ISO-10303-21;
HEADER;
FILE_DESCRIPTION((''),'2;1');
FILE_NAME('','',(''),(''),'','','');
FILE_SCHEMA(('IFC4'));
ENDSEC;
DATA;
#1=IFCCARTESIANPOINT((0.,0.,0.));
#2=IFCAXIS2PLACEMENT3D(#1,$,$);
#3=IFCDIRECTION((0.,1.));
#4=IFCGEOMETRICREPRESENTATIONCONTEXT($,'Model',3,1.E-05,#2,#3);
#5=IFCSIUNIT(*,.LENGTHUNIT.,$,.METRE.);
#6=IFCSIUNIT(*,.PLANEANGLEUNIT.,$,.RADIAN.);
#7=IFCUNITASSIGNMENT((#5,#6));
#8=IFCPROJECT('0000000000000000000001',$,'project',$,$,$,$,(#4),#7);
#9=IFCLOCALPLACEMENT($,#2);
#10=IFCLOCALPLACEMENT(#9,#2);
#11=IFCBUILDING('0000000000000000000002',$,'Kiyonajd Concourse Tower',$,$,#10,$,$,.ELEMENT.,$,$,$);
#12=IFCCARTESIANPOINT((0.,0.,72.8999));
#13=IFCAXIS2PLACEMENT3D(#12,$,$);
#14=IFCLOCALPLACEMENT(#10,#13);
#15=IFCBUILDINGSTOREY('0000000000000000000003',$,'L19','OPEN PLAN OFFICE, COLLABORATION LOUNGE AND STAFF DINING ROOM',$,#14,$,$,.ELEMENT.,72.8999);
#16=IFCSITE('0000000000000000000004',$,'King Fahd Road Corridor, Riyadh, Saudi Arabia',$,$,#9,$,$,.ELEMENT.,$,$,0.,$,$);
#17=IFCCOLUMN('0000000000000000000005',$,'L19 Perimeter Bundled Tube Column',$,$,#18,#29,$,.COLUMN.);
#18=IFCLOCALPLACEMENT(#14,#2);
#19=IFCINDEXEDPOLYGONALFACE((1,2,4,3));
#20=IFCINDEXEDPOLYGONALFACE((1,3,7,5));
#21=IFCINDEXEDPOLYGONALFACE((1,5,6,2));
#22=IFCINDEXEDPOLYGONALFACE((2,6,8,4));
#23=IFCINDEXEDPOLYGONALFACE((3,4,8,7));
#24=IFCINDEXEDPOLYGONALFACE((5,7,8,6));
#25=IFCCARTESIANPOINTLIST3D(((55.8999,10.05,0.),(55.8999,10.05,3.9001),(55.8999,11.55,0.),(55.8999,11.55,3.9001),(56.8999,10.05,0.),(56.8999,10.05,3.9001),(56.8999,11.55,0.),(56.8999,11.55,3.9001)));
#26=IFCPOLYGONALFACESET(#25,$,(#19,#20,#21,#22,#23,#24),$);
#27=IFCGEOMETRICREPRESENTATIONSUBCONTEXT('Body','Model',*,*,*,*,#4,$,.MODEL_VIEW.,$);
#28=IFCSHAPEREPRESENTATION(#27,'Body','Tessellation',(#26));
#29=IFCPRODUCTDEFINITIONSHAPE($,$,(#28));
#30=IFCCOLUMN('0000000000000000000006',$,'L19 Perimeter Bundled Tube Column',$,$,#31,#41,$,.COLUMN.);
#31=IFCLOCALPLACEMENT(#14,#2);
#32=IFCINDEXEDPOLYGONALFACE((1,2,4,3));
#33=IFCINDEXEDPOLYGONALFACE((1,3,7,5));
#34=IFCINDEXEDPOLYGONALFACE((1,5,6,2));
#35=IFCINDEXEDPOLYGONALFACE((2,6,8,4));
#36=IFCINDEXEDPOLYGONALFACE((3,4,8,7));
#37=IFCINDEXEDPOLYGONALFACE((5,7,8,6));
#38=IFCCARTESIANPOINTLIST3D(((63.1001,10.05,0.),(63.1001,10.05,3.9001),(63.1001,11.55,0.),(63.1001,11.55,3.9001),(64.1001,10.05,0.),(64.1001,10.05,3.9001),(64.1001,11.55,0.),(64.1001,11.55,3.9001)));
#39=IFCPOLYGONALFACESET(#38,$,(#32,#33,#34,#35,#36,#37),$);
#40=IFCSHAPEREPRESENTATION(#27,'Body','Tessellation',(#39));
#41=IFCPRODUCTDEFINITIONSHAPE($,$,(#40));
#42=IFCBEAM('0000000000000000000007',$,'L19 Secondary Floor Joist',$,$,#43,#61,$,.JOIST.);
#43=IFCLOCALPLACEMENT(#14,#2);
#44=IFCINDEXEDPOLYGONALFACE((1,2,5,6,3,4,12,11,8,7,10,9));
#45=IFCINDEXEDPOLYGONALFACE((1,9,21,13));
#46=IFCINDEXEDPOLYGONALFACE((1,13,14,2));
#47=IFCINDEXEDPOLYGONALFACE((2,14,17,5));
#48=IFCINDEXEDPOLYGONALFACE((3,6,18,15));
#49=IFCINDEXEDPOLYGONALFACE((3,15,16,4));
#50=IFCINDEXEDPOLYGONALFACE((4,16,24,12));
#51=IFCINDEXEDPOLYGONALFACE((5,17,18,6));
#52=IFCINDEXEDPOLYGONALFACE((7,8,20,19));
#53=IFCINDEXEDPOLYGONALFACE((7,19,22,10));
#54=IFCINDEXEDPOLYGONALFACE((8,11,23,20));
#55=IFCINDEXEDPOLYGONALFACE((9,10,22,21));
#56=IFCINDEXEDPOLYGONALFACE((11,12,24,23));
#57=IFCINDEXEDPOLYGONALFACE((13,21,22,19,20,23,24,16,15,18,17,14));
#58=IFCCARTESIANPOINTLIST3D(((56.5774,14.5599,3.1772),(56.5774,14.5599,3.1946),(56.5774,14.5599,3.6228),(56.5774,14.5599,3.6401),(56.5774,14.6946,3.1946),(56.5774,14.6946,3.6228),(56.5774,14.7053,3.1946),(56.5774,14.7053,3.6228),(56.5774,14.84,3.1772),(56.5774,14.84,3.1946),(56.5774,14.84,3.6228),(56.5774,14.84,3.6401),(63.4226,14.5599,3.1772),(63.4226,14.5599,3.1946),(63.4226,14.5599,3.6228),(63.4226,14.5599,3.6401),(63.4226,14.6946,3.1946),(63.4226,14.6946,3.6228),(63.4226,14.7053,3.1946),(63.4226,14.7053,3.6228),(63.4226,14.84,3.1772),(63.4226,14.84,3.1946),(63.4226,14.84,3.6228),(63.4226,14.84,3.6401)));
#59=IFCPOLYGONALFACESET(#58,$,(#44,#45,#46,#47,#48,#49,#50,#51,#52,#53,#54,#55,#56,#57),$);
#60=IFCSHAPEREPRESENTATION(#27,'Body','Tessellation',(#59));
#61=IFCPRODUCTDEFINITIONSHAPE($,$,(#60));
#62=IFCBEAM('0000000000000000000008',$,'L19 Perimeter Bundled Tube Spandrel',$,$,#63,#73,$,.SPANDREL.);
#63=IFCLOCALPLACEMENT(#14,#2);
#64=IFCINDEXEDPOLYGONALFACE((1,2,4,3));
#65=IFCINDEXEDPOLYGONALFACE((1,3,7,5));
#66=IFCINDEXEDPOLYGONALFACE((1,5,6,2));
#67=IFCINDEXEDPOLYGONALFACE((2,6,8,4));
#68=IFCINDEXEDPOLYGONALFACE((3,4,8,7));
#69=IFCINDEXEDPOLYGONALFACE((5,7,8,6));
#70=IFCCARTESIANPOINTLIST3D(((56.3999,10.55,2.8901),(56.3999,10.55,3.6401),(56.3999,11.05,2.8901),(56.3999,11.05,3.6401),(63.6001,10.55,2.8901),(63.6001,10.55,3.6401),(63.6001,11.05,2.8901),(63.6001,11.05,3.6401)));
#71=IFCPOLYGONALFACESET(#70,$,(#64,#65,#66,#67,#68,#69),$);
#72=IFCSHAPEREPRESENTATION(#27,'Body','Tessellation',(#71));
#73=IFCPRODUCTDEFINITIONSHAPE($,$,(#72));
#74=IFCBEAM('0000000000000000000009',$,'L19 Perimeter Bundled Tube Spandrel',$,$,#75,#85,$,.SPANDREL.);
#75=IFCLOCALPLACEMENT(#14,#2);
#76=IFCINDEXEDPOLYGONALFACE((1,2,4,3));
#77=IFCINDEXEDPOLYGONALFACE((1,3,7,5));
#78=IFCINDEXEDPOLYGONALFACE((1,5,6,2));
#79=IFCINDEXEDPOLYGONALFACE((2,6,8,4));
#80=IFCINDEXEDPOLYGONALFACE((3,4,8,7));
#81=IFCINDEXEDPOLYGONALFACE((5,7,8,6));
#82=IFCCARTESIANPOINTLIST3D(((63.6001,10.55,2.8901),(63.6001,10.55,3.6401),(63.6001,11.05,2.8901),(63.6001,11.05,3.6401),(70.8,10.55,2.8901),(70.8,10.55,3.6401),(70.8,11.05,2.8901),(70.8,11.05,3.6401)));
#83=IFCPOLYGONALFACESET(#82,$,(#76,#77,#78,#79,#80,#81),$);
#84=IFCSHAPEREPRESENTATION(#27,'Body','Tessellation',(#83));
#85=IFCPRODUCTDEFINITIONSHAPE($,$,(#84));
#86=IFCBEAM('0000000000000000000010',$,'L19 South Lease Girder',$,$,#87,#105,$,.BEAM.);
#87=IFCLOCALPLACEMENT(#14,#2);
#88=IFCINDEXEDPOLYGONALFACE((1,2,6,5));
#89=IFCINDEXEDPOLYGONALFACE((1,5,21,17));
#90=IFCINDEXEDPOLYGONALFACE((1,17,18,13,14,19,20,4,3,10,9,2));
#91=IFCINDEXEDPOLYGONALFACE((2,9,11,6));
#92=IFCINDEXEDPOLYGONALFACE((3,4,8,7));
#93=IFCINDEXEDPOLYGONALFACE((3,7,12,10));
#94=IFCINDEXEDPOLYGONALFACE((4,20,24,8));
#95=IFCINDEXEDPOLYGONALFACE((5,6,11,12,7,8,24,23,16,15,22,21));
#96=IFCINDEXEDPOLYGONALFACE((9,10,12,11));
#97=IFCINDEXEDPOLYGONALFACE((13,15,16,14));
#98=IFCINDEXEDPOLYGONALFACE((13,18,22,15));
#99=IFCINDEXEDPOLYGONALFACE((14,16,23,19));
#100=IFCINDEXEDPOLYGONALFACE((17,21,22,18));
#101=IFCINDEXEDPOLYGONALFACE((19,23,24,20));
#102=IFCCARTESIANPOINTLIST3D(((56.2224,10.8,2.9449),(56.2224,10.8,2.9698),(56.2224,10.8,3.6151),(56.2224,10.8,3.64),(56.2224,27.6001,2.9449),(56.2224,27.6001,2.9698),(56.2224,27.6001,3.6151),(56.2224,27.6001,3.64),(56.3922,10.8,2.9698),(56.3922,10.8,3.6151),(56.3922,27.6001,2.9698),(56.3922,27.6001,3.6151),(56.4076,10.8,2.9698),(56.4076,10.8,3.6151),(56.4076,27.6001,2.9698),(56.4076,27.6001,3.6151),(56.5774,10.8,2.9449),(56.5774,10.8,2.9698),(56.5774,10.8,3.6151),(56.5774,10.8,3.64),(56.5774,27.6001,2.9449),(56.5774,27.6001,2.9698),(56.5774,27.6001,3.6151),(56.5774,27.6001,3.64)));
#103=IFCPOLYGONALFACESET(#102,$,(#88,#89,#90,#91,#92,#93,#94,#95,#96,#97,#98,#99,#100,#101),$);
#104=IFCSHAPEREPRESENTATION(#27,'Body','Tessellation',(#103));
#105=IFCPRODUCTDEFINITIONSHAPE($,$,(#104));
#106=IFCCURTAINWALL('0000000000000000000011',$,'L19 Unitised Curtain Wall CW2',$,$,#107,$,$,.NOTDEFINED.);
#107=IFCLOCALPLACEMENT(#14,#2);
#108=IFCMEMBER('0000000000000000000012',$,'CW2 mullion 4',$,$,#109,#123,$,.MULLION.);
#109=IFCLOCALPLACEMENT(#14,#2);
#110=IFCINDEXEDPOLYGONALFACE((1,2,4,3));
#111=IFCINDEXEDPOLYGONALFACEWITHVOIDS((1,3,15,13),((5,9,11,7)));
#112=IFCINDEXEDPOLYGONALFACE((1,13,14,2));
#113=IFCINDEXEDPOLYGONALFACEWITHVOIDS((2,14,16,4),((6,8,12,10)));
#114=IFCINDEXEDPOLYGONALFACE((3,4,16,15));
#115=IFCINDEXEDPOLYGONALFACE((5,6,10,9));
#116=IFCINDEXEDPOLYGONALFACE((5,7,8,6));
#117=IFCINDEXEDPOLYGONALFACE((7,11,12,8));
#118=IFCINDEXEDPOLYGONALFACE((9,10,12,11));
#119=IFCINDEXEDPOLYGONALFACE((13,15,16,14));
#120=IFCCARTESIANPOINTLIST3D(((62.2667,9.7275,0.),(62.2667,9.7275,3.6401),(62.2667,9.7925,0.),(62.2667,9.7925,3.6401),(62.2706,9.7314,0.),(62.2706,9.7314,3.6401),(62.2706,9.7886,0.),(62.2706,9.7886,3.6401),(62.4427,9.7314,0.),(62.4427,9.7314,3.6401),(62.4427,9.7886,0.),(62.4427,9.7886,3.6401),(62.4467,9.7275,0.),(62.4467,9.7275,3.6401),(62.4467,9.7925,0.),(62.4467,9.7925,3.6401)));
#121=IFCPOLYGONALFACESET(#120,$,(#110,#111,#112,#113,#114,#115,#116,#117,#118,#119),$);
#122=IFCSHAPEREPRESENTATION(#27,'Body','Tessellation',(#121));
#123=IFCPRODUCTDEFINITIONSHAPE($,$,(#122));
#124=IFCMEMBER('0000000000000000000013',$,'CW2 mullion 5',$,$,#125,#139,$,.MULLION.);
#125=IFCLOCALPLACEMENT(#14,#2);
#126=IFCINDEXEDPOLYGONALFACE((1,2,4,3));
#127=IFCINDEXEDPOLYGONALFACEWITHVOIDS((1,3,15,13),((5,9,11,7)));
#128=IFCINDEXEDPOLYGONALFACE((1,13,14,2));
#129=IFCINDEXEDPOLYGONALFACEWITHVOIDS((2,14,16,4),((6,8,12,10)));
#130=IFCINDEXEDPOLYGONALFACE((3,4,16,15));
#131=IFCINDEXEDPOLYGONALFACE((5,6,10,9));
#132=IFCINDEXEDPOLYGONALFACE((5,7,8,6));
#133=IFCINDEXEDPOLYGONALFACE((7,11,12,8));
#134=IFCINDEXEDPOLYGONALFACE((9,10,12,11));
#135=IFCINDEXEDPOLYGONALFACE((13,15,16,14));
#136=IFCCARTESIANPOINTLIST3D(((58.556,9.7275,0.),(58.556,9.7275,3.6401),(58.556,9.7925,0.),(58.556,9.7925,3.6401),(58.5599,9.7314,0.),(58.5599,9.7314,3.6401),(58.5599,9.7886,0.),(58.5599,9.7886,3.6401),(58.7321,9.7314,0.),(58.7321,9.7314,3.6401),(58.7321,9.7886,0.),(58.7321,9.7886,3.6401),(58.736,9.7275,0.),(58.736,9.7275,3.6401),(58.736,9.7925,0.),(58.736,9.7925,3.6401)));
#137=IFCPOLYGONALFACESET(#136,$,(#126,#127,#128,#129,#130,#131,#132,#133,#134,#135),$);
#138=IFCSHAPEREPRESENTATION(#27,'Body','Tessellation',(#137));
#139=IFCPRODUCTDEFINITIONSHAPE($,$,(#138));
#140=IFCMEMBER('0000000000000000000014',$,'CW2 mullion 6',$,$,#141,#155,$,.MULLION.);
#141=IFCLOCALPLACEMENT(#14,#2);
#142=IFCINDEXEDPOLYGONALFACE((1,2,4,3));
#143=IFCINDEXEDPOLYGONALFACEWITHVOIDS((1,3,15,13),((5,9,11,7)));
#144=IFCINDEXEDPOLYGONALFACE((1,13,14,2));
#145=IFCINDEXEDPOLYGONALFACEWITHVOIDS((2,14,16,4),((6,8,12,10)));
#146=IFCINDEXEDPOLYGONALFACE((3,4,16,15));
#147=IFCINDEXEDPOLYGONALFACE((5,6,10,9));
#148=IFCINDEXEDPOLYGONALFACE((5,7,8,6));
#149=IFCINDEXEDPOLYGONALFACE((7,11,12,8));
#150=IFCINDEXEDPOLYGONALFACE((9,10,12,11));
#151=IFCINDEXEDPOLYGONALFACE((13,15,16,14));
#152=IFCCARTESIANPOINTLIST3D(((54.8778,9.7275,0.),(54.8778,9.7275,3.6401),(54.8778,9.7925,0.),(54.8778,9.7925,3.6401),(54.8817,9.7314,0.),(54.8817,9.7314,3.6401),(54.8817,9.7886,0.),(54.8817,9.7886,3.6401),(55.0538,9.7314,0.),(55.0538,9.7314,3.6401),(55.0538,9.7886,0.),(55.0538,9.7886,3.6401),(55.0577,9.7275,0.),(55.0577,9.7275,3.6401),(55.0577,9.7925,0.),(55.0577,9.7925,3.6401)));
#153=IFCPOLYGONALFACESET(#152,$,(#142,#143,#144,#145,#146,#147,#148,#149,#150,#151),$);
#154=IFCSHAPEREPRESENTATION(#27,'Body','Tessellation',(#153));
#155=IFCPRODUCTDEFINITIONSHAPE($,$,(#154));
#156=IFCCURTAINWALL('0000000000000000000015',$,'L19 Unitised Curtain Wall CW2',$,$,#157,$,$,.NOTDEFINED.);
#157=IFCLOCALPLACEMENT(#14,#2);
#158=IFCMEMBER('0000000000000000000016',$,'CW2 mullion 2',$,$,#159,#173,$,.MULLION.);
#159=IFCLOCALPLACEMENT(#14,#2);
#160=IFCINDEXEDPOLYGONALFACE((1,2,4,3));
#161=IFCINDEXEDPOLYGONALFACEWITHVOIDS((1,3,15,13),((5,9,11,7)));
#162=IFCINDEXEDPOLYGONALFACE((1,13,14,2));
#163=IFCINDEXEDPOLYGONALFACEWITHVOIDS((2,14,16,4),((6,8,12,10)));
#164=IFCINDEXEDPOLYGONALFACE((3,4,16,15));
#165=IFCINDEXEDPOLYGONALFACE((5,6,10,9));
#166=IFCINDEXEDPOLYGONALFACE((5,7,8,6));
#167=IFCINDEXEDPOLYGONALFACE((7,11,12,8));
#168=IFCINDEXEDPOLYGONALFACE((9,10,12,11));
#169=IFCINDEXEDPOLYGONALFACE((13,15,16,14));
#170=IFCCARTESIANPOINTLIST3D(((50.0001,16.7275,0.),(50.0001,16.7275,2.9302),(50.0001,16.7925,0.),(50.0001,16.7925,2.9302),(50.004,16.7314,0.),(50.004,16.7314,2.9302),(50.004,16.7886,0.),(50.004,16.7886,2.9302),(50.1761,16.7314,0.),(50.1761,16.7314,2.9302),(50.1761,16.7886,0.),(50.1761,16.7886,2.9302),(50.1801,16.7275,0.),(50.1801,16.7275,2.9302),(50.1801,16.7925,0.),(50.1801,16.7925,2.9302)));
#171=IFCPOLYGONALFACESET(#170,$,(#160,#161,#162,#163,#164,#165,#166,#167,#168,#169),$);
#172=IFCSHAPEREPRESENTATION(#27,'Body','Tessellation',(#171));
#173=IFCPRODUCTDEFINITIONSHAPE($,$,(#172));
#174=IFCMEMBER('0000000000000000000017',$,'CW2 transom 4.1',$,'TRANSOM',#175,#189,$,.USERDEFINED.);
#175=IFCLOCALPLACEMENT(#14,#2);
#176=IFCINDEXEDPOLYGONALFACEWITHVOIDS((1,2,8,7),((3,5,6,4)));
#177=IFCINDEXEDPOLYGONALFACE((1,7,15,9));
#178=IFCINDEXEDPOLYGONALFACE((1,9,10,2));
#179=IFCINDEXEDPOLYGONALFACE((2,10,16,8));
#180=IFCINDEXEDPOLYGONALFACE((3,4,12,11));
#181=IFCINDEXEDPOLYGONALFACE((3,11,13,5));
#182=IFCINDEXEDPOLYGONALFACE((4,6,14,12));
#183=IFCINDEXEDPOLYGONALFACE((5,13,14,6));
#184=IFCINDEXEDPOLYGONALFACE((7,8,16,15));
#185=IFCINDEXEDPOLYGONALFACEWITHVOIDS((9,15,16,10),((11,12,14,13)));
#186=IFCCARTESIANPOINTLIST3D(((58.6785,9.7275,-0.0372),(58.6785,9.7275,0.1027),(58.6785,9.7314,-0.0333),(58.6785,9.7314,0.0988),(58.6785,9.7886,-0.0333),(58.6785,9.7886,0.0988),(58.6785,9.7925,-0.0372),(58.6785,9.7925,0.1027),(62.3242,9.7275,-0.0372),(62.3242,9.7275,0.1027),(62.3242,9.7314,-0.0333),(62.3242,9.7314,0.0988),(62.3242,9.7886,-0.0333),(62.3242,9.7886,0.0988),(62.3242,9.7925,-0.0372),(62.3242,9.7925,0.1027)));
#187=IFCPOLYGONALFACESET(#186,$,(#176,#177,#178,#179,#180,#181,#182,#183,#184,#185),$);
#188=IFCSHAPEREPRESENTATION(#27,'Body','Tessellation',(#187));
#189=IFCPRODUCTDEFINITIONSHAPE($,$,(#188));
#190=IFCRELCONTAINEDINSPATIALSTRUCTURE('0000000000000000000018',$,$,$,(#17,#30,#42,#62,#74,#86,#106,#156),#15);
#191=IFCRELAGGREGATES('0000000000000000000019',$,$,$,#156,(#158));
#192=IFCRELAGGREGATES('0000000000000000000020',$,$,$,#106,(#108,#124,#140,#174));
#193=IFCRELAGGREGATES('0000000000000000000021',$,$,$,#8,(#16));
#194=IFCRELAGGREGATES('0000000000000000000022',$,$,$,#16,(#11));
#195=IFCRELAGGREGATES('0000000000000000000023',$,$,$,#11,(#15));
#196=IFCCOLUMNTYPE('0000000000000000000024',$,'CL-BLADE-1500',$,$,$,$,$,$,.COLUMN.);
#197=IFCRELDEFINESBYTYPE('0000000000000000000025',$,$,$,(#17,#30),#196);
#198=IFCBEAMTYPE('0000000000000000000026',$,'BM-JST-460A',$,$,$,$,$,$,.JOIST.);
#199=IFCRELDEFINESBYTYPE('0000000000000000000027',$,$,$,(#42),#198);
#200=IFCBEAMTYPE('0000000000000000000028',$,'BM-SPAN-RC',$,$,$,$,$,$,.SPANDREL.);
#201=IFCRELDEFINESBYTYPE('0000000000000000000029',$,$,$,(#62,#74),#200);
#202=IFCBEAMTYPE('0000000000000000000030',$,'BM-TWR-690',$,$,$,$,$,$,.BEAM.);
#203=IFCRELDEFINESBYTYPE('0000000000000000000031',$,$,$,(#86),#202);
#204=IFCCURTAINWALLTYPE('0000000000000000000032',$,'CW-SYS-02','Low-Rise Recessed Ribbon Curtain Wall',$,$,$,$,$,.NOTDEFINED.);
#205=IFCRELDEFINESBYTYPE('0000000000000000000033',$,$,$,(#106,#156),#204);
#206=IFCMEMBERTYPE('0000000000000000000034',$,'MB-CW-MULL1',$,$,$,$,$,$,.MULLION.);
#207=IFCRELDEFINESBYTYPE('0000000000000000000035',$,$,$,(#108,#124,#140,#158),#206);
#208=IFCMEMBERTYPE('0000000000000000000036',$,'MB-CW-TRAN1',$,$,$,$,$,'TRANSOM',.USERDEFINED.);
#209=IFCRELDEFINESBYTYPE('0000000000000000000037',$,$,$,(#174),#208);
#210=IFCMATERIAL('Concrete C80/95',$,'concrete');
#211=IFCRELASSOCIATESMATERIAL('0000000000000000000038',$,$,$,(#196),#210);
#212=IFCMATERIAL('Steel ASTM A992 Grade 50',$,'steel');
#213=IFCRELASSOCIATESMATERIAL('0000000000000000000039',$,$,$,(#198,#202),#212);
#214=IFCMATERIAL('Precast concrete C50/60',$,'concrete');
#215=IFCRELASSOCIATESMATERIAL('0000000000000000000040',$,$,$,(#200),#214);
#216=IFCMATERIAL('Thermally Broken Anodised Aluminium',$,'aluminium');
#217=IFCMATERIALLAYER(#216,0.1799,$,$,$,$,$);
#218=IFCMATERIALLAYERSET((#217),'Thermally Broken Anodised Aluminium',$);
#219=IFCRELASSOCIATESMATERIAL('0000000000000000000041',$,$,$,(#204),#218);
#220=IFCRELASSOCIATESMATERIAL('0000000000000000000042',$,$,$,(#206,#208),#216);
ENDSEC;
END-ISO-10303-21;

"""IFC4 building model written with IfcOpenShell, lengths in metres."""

from ifc_helpers import new_model, si_unit, direction, frame, origin, origin_2d, place, context, subcontext, project, spatial, rectangle, hollow_rectangle, i_section, extrude, material, layer, layer_set, material_profile, profile_set, type_object, element, aggregate, save


model = new_model("IFC4")

# Units and contexts
model_context = context("Model", 3, precision=1e-05, world=origin(), true_north=direction((0.0, 1.0)))
body_context = subcontext(model_context, "Body", "Model", "MODEL_VIEW")
ifc_project = project(units=[si_unit("LENGTHUNIT", "METRE"), si_unit("PLANEANGLEUNIT", "RADIAN")], contexts=[model_context])

# Site, building, storey
site_placement = place(None, origin())
site = spatial("IfcSite", under=ifc_project, at=site_placement, Name="King Fahd Road Corridor, Riyadh, Saudi Arabia", CompositionType="ELEMENT", RefElevation=0.0)
building_placement = place(site_placement, origin())
building = spatial("IfcBuilding", under=site, at=building_placement, Name="Kiyonajd Concourse Tower", CompositionType="ELEMENT")
storey_placement = place(building_placement, frame((0.0, 0.0, 72.8999)))
storey = spatial("IfcBuildingStorey", under=building, at=storey_placement, Name="L19", Description="OPEN PLAN OFFICE, COLLABORATION LOUNGE AND STAFF DINING ROOM", CompositionType="ELEMENT", Elevation=72.8999)

# Columns
ifc_material_1 = material(Name="Concrete C80/95", Category="concrete")
ifc_material_profile_1 = material_profile(ifc_material_1, rectangle(XDim=1.0, YDim=1.5, at=origin_2d()), Name="RC-1500x1000")
ifc_profile_set_1 = profile_set([ifc_material_profile_1], Name="Concrete C80/95")
column_type = type_object("IfcColumnType", Name="CL-BLADE-1500", PredefinedType="COLUMN", material=ifc_profile_set_1)
for number, where, z_axis, x_axis, name in (
    (1, (56.3999, 10.8, 0.0), (0.0, 0.0, 1.0), (1.0, 0.0, 0.0), "L19 Perimeter Bundled Tube Column"),
    (2, (63.6001, 10.8, 0.0), (0.0, 0.0, 1.0), (1.0, 0.0, 0.0), "L19 Perimeter Bundled Tube Column"),
):
    element("IfcColumn", number, at=place(storey_placement, frame(where, z_axis=z_axis, x_axis=x_axis)), inside=storey, type_object=column_type, Name=name, PredefinedType="COLUMN", context=body_context, shape_type="SweptSolid", body=[
        extrude(rectangle(XDim=1.0, YDim=1.5, at=origin_2d()), origin(), (0.0, 0.0, 1.0), 3.9001),
    ])

# Beams
ifc_material_2 = material(Name="Steel ASTM A992 Grade 50", Category="steel")
ifc_material_profile_2 = material_profile(ifc_material_2, i_section(OverallWidth=0.28, OverallDepth=0.4629, WebThickness=0.0107, FlangeThickness=0.0173, at=origin_2d()), Name="W460X113")
ifc_profile_set_2 = profile_set([ifc_material_profile_2], Name="Steel ASTM A992 Grade 50")
beam_type_1 = type_object("IfcBeamType", Name="BM-JST-460A", PredefinedType="JOIST", material=ifc_profile_set_2)
beam_1_placement = place(storey_placement, frame((56.5774, 14.7, 3.4087), z_axis=(1.0, 0.0, 0.0), x_axis=(0.0, 1.0, 0.0)))
element("IfcBeam", 3, at=beam_1_placement, inside=storey, type_object=beam_type_1, Name="L19 Secondary Floor Joist", PredefinedType="JOIST", context=body_context, shape_type="SweptSolid", body=[
    extrude(i_section(OverallWidth=0.28, OverallDepth=0.4629, WebThickness=0.0107, FlangeThickness=0.0173, at=origin_2d()), origin(), (0.0, 0.0, 1.0), 6.8452),
])
ifc_material_3 = material(Name="Precast concrete C50/60", Category="concrete")
ifc_material_profile_3 = material_profile(ifc_material_3, rectangle(XDim=0.5, YDim=0.75, at=origin_2d()), Name="RCBM-500x750")
ifc_profile_set_3 = profile_set([ifc_material_profile_3], Name="Precast concrete C50/60")
beam_type_2 = type_object("IfcBeamType", Name="BM-SPAN-RC", PredefinedType="SPANDREL", material=ifc_profile_set_3)
beam_2_placement = place(storey_placement, frame((56.3999, 10.8, 3.2651), z_axis=(1.0, 0.0, 0.0), x_axis=(0.0, 1.0, 0.0)))
element("IfcBeam", 4, at=beam_2_placement, inside=storey, type_object=beam_type_2, Name="L19 Perimeter Bundled Tube Spandrel", PredefinedType="SPANDREL", context=body_context, shape_type="SweptSolid", body=[
    extrude(rectangle(XDim=0.5, YDim=0.75, at=origin_2d()), origin(), (0.0, 0.0, 1.0), 7.2002),
])
beam_3_placement = place(storey_placement, frame((63.6001, 10.8, 3.2651), z_axis=(1.0, 0.0, 0.0), x_axis=(0.0, 1.0, 0.0)))
element("IfcBeam", 5, at=beam_3_placement, inside=storey, type_object=beam_type_2, Name="L19 Perimeter Bundled Tube Spandrel", PredefinedType="SPANDREL", context=body_context, shape_type="SweptSolid", body=[
    extrude(rectangle(XDim=0.5, YDim=0.75, at=origin_2d()), origin(), (0.0, 0.0, 1.0), 7.2),
])
ifc_material_profile_4 = material_profile(ifc_material_2, i_section(OverallWidth=0.355, OverallDepth=0.6951, WebThickness=0.0154, FlangeThickness=0.0249, at=origin_2d()), Name="W690X217")
ifc_profile_set_4 = profile_set([ifc_material_profile_4], Name="Steel ASTM A992 Grade 50")
beam_type_3 = type_object("IfcBeamType", Name="BM-TWR-690", PredefinedType="BEAM", material=ifc_profile_set_4)
beam_4_placement = place(storey_placement, frame((56.3999, 10.8, 3.2925), z_axis=(0.0, 1.0, 0.0), x_axis=(-1.0, 0.0, 0.0)))
element("IfcBeam", 6, at=beam_4_placement, inside=storey, type_object=beam_type_3, Name="L19 South Lease Girder", PredefinedType="BEAM", context=body_context, shape_type="SweptSolid", body=[
    extrude(i_section(OverallWidth=0.355, OverallDepth=0.6951, WebThickness=0.0154, FlangeThickness=0.0249, at=origin_2d()), origin(), (0.0, 0.0, 1.0), 16.8),
])

# Curtain wall, members
ifc_material_4 = material(Name="Thermally Broken Anodised Aluminium", Category="aluminium")
ifc_layer_1 = layer(ifc_material_4, 0.1799)
ifc_layer_set_1 = layer_set([ifc_layer_1], Name="Thermally Broken Anodised Aluminium")
curtain_wall_type = type_object("IfcCurtainWallType", Name="CW-SYS-02", Description="Low-Rise Recessed Ribbon Curtain Wall", PredefinedType="NOTDEFINED", material=ifc_layer_set_1)
curtain_wall_1_placement = place(storey_placement, origin())
curtain_wall_1 = element("IfcCurtainWall", 7, at=curtain_wall_1_placement, inside=storey, type_object=curtain_wall_type, Name="L19 Unitised Curtain Wall CW2", PredefinedType="NOTDEFINED")
ifc_material_profile_5 = material_profile(ifc_material_4, hollow_rectangle(XDim=0.0649, YDim=0.1799, WallThickness=0.0039, at=origin_2d()), Name="MULL-65x180")
ifc_profile_set_5 = profile_set([ifc_material_profile_5], Name="Thermally Broken Anodised Aluminium")
member_type_1 = type_object("IfcMemberType", Name="MB-CW-MULL1", PredefinedType="MULLION", material=ifc_profile_set_5)
member_1_placement = place(storey_placement, frame((62.3567, 9.76, 0.0), z_axis=(0.0, 0.0, 1.0), x_axis=(0.0, -1.0, 0.0)))
member_1 = element("IfcMember", 8, at=member_1_placement, type_object=member_type_1, Name="CW2 mullion 4", PredefinedType="MULLION", context=body_context, shape_type="SweptSolid", body=[
    extrude(hollow_rectangle(XDim=0.0649, YDim=0.1799, WallThickness=0.0039, at=origin_2d()), origin(), (0.0, 0.0, 1.0), 3.6401),
])
member_2_placement = place(storey_placement, frame((58.646, 9.76, 0.0), z_axis=(0.0, 0.0, 1.0), x_axis=(0.0, -1.0, 0.0)))
member_2 = element("IfcMember", 9, at=member_2_placement, type_object=member_type_1, Name="CW2 mullion 5", PredefinedType="MULLION", context=body_context, shape_type="SweptSolid", body=[
    extrude(hollow_rectangle(XDim=0.0649, YDim=0.1799, WallThickness=0.0039, at=origin_2d()), origin(), (0.0, 0.0, 1.0), 3.6401),
])
member_3_placement = place(storey_placement, frame((54.9678, 9.76, 0.0), z_axis=(0.0, 0.0, 1.0), x_axis=(0.0, -1.0, 0.0)))
member_3 = element("IfcMember", 10, at=member_3_placement, type_object=member_type_1, Name="CW2 mullion 6", PredefinedType="MULLION", context=body_context, shape_type="SweptSolid", body=[
    extrude(hollow_rectangle(XDim=0.0649, YDim=0.1799, WallThickness=0.0039, at=origin_2d()), origin(), (0.0, 0.0, 1.0), 3.6401),
])

# Curtain wall, member
curtain_wall_2_placement = place(storey_placement, origin())
curtain_wall_2 = element("IfcCurtainWall", 11, at=curtain_wall_2_placement, inside=storey, type_object=curtain_wall_type, Name="L19 Unitised Curtain Wall CW2", PredefinedType="NOTDEFINED")
member_4_placement = place(storey_placement, frame((50.0901, 16.76, 0.0), z_axis=(0.0, 0.0, 1.0), x_axis=(0.0, -1.0, 0.0)))
member_4 = element("IfcMember", 12, at=member_4_placement, type_object=member_type_1, Name="CW2 mullion 2", PredefinedType="MULLION", context=body_context, shape_type="SweptSolid", body=[
    extrude(hollow_rectangle(XDim=0.0649, YDim=0.1799, WallThickness=0.0039, at=origin_2d()), origin(), (0.0, 0.0, 1.0), 2.9302),
])

# Member
ifc_material_profile_6 = material_profile(ifc_material_4, hollow_rectangle(XDim=0.0649, YDim=0.1399, WallThickness=0.0039, at=origin_2d()), Name="TRAN-65x140")
ifc_profile_set_6 = profile_set([ifc_material_profile_6], Name="Thermally Broken Anodised Aluminium")
member_type_2 = type_object("IfcMemberType", Name="MB-CW-TRAN1", ElementType="TRANSOM", PredefinedType="USERDEFINED", material=ifc_profile_set_6)
member_5_placement = place(storey_placement, frame((62.3242, 9.76, 0.0327), z_axis=(-1.0, 0.0, 0.0), x_axis=(0.0, -1.0, 0.0)))
member_5 = element("IfcMember", 13, at=member_5_placement, type_object=member_type_2, Name="CW2 transom 4.1", ObjectType="TRANSOM", PredefinedType="USERDEFINED", context=body_context, shape_type="SweptSolid", body=[
    extrude(hollow_rectangle(XDim=0.0649, YDim=0.1399, WallThickness=0.0039, at=origin_2d()), origin(), (0.0, 0.0, 1.0), 3.6458),
])
aggregate(curtain_wall_2, [member_4])

aggregate(curtain_wall_1, [member_1, member_2, member_3, member_5])

save(model, "model.ifc")
